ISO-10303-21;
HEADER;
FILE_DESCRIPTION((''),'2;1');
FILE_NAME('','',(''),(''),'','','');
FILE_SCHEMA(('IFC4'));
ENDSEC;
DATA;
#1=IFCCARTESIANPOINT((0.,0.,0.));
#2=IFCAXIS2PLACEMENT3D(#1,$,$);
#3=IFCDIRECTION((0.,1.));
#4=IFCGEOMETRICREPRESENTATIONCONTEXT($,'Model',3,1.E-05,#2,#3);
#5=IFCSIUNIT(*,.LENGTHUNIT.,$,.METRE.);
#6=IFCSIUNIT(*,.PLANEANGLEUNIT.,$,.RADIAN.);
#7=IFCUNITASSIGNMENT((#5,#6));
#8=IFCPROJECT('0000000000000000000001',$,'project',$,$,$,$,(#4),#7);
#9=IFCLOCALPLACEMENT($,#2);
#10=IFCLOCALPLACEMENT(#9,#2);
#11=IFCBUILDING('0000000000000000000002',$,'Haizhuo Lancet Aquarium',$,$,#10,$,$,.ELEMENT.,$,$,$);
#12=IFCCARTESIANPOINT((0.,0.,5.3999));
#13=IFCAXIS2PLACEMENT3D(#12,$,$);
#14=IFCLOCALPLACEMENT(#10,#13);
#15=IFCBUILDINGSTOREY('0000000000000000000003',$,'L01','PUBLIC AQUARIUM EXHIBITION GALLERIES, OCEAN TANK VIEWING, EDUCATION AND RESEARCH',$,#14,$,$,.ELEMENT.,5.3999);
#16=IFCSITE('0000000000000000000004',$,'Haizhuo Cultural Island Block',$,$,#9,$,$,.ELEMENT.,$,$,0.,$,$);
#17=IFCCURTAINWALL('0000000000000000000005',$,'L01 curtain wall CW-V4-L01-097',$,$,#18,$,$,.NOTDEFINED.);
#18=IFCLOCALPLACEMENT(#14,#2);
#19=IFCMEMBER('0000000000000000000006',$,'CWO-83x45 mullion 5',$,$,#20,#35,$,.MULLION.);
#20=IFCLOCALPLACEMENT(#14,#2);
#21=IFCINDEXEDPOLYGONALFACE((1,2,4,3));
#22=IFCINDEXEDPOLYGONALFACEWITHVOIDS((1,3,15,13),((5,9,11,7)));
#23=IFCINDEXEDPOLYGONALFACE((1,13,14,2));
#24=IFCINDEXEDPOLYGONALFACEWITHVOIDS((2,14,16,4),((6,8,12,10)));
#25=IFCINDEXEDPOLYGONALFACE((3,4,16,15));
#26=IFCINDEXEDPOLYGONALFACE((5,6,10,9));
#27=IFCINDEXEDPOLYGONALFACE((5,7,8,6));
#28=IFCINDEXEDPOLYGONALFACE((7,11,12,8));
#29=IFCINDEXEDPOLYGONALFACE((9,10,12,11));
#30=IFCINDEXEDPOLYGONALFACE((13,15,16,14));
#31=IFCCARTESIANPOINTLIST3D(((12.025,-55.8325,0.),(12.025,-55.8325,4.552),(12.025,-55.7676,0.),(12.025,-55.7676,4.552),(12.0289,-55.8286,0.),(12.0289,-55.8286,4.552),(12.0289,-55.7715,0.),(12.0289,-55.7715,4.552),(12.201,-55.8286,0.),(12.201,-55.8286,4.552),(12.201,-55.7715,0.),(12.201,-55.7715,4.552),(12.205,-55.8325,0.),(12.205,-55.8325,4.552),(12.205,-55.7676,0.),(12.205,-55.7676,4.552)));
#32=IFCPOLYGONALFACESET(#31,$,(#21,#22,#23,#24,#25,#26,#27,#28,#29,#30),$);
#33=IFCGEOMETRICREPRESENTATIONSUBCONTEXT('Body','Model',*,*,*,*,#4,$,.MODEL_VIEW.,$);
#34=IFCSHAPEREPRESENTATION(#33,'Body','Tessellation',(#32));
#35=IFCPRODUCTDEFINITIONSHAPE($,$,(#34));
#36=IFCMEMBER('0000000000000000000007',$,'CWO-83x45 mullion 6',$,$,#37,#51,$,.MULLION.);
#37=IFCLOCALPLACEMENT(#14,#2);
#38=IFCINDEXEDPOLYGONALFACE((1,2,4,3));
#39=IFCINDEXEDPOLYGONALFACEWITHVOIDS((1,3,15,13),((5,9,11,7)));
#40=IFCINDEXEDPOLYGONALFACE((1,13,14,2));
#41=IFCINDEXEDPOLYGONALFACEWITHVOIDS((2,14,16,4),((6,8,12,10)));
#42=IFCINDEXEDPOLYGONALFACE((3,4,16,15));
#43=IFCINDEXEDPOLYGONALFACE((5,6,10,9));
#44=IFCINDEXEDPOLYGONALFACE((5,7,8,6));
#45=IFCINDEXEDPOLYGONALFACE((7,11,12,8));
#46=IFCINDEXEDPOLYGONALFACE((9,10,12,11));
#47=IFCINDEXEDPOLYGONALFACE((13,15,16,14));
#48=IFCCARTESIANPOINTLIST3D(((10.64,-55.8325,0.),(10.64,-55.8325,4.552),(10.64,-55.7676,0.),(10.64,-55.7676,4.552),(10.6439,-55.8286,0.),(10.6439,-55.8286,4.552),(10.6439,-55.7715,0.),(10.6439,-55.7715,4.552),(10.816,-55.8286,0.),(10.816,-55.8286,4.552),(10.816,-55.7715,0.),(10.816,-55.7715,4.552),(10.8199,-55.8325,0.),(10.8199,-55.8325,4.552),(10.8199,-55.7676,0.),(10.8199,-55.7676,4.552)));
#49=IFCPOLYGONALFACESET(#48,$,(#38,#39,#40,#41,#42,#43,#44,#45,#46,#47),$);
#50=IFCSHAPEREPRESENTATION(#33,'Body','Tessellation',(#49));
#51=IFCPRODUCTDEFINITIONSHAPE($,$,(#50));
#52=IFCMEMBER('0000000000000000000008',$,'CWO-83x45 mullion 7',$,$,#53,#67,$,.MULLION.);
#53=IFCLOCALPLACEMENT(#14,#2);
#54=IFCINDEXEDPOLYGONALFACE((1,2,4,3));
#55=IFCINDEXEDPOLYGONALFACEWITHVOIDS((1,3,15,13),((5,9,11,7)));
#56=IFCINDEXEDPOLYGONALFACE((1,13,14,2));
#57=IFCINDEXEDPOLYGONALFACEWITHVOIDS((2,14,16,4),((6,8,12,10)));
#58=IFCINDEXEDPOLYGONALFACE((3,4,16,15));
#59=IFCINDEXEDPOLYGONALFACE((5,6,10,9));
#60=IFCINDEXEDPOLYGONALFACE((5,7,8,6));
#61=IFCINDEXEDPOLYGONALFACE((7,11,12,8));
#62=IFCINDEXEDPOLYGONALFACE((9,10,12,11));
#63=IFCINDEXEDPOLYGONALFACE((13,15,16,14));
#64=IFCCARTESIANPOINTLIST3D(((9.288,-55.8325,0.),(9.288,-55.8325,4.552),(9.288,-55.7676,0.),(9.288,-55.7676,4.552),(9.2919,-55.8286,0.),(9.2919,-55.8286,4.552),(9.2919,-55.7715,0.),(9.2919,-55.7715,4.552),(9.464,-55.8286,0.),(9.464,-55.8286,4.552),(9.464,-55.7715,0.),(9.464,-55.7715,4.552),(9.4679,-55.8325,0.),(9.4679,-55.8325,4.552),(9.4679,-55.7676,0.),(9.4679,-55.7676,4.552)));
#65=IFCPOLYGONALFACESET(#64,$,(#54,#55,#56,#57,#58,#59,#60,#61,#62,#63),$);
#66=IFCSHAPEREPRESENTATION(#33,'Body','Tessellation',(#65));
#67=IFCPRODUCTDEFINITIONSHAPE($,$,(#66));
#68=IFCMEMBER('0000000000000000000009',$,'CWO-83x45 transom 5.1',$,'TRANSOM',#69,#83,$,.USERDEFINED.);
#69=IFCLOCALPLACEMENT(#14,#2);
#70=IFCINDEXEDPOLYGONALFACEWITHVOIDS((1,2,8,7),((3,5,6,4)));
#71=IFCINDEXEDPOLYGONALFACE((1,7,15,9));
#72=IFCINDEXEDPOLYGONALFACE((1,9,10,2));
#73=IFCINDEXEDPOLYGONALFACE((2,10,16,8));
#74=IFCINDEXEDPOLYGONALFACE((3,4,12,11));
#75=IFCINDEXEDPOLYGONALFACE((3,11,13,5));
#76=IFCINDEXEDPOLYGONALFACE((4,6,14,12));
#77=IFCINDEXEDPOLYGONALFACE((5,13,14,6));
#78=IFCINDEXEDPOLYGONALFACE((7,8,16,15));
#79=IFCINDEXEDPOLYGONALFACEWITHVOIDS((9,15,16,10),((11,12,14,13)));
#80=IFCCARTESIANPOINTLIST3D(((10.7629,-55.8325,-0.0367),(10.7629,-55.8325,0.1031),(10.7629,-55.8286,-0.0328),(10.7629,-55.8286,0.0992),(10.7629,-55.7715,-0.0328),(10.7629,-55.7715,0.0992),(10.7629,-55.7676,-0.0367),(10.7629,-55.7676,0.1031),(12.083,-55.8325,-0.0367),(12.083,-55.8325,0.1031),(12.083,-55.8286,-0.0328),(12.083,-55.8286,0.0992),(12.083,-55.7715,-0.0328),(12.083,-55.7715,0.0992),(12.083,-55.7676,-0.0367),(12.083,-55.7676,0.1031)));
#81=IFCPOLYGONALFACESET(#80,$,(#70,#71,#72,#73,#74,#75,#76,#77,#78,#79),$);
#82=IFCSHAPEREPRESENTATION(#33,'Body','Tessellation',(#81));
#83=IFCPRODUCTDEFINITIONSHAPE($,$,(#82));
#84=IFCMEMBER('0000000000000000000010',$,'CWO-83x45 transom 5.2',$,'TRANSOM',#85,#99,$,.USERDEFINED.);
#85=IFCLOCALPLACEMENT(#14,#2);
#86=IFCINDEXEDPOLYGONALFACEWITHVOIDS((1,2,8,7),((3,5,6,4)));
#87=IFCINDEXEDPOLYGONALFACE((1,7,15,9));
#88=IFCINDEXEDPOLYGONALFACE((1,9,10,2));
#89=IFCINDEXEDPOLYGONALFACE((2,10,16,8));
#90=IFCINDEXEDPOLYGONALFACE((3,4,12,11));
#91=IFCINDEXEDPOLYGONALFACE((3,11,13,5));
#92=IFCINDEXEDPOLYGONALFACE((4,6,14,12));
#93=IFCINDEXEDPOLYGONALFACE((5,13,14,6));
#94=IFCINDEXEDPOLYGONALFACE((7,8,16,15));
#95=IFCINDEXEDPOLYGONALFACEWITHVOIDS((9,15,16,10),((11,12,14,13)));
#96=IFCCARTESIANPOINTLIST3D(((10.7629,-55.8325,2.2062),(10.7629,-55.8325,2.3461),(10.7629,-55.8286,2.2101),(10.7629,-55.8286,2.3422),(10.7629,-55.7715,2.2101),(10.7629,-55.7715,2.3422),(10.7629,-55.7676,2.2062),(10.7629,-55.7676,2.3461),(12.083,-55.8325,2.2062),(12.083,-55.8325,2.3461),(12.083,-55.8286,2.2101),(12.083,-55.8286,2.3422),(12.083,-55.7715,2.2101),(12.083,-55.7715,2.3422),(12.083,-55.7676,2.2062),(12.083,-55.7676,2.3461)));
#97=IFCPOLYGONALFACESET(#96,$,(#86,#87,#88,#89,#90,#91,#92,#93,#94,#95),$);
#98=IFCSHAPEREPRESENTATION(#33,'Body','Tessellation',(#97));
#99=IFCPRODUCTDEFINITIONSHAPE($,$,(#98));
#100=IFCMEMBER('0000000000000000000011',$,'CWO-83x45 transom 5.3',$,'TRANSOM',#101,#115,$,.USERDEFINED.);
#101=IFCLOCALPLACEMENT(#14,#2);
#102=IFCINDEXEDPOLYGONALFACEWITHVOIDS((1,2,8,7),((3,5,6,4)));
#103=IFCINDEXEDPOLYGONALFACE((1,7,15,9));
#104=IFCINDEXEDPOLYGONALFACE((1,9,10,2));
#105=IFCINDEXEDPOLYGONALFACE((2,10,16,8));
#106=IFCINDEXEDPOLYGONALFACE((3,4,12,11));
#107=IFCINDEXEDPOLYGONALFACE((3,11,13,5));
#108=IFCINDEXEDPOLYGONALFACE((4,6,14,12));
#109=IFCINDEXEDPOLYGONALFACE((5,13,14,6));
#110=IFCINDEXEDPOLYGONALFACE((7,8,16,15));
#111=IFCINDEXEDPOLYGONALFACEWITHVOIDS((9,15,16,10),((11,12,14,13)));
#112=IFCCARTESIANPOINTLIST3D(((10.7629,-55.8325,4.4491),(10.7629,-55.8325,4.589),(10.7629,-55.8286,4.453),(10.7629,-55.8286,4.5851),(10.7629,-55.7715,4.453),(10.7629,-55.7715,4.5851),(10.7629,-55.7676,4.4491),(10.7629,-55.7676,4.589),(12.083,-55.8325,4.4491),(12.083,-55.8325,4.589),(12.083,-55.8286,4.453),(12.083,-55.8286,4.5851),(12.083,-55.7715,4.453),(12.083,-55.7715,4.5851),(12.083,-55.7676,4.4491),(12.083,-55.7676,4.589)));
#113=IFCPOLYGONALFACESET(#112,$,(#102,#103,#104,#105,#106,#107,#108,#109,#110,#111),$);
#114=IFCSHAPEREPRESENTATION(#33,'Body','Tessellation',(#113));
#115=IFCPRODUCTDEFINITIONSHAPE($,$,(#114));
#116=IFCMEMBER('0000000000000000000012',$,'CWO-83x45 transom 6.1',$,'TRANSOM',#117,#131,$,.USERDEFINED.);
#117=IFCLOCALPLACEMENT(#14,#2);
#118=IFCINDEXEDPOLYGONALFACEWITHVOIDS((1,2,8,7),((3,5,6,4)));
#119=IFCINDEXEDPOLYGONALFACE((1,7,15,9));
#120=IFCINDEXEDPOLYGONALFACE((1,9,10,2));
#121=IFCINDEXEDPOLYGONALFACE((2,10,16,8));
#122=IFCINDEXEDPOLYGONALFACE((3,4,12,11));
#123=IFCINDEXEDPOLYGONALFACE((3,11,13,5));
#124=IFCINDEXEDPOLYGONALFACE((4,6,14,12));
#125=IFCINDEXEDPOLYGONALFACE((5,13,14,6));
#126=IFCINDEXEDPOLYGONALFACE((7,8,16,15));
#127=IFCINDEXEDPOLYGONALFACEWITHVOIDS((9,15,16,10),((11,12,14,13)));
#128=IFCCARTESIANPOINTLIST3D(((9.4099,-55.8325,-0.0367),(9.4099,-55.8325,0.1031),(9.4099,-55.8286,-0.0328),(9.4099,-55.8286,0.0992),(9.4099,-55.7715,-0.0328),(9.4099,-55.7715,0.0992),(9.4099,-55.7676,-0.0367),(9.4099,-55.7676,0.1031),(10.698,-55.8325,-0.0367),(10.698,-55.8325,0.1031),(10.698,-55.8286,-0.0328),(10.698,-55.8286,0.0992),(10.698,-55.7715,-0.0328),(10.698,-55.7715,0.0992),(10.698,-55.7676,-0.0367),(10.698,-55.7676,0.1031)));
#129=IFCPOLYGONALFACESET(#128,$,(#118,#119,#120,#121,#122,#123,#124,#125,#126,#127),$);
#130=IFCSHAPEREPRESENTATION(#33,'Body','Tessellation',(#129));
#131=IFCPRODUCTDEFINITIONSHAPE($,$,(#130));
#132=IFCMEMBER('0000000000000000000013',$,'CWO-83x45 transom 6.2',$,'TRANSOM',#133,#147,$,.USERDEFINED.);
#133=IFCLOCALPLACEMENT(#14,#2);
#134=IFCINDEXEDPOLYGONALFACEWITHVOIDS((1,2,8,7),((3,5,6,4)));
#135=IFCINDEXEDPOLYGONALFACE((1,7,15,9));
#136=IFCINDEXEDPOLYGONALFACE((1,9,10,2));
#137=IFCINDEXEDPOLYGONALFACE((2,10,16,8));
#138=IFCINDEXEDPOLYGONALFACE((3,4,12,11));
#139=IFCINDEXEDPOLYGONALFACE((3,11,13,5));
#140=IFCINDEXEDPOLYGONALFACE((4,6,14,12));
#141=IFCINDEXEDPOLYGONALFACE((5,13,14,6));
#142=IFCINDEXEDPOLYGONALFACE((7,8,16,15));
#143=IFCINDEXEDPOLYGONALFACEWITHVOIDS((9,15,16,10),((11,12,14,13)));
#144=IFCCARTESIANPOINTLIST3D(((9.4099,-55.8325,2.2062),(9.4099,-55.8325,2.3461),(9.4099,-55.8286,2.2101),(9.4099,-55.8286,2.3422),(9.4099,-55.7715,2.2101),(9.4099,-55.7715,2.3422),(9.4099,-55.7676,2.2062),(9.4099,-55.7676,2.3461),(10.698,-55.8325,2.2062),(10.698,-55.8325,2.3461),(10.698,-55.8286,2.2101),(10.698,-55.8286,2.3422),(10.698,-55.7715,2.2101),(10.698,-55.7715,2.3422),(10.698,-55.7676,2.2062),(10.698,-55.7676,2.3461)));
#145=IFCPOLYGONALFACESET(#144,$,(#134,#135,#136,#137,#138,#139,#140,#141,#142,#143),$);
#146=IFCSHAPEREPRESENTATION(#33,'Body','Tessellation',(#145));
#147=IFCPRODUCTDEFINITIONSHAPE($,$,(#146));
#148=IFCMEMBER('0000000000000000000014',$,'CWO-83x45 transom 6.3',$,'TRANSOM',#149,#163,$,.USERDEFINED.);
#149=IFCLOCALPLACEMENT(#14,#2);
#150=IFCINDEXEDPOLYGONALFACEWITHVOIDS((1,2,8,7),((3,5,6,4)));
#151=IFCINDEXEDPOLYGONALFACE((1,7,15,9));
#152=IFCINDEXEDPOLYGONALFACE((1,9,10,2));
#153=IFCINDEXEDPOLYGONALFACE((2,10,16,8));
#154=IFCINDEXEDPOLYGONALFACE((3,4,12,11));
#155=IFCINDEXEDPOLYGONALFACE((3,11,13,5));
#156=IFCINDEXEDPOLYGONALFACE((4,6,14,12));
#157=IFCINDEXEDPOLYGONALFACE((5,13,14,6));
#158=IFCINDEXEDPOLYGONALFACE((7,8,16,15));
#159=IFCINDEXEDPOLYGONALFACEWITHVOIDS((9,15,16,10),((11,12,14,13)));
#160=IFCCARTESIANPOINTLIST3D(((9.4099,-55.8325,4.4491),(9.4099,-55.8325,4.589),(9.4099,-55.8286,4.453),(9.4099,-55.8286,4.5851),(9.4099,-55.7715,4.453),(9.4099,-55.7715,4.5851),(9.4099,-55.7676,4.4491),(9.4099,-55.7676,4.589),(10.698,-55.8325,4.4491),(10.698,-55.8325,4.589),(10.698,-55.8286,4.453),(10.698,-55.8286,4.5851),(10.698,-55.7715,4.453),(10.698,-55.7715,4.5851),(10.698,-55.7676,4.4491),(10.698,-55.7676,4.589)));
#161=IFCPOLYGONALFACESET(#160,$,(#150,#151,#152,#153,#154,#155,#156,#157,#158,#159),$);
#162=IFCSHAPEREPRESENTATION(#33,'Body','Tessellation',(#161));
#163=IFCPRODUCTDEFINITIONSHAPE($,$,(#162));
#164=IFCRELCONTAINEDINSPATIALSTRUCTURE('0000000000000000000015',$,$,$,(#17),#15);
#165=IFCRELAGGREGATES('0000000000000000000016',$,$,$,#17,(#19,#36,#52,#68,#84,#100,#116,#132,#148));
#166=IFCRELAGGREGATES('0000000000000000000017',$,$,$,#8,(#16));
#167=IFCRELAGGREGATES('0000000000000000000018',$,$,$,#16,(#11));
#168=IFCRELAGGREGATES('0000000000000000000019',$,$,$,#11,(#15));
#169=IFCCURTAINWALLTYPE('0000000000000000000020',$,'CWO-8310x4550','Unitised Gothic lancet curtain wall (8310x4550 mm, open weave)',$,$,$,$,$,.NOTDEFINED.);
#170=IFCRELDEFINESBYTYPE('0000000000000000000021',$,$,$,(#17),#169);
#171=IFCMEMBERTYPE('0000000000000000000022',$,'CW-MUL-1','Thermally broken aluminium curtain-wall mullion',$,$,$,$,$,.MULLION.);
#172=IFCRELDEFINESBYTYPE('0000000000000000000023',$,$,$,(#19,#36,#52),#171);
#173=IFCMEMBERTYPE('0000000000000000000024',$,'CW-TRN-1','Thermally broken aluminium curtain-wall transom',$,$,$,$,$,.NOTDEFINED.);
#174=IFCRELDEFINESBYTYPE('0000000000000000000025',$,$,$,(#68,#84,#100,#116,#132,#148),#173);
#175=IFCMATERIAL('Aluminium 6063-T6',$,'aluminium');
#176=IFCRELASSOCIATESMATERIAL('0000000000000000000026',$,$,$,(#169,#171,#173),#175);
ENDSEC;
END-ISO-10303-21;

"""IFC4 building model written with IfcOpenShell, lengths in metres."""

from ifc_helpers import new_model, si_unit, direction, frame, origin, origin_2d, place, context, subcontext, project, spatial, hollow_rectangle, extrude, material, material_profile, profile_set, type_object, element, aggregate, save


model = new_model("IFC4")

# Units and contexts
model_context = context("Model", 3, precision=1e-05, world=origin(), true_north=direction((0.0, 1.0)))
body_context = subcontext(model_context, "Body", "Model", "MODEL_VIEW")
ifc_project = project(units=[si_unit("LENGTHUNIT", "METRE"), si_unit("PLANEANGLEUNIT", "RADIAN")], contexts=[model_context])

# Site, building, storey
site_placement = place(None, origin())
site = spatial("IfcSite", under=ifc_project, at=site_placement, Name="Haizhuo Cultural Island Block", CompositionType="ELEMENT", RefElevation=0.0)
building_placement = place(site_placement, origin())
building = spatial("IfcBuilding", under=site, at=building_placement, Name="Haizhuo Lancet Aquarium", CompositionType="ELEMENT")
storey_placement = place(building_placement, frame((0.0, 0.0, 5.3999)))
storey = spatial("IfcBuildingStorey", under=building, at=storey_placement, Name="L01", Description="PUBLIC AQUARIUM EXHIBITION GALLERIES, OCEAN TANK VIEWING, EDUCATION AND RESEARCH", CompositionType="ELEMENT", Elevation=5.3999)

# Curtain wall, members
ifc_material_1 = material(Name="Aluminium 6063-T6", Category="aluminium")
curtain_wall_type = type_object("IfcCurtainWallType", Name="CWO-8310x4550", Description="Unitised Gothic lancet curtain wall (8310x4550 mm, open weave)", PredefinedType="NOTDEFINED", material=ifc_material_1)
curtain_wall_placement = place(storey_placement, origin())
curtain_wall = element("IfcCurtainWall", 1, at=curtain_wall_placement, inside=storey, type_object=curtain_wall_type, Name="L01 curtain wall CW-V4-L01-097", PredefinedType="NOTDEFINED")
ifc_material_profile_1 = material_profile(ifc_material_1, hollow_rectangle(XDim=0.0649, YDim=0.1799, WallThickness=0.0039, at=origin_2d()), Name="ALU-M 65x180x4")
ifc_profile_set_1 = profile_set([ifc_material_profile_1], Name="Aluminium 6063-T6")
member_type_1 = type_object("IfcMemberType", Name="CW-MUL-1", Description="Thermally broken aluminium curtain-wall mullion", PredefinedType="MULLION", material=ifc_profile_set_1)
member_1_placement = place(storey_placement, frame((12.115, -55.8, 0.0), z_axis=(0.0, 0.0, 1.0), x_axis=(0.0, -1.0, 0.0)))
member_1 = element("IfcMember", 2, at=member_1_placement, type_object=member_type_1, Name="CWO-83x45 mullion 5", PredefinedType="MULLION", context=body_context, shape_type="SweptSolid", body=[
    extrude(hollow_rectangle(XDim=0.0649, YDim=0.1799, WallThickness=0.0039, at=origin_2d()), origin(), (0.0, 0.0, 1.0), 4.552),
])
member_2_placement = place(storey_placement, frame((10.73, -55.8, 0.0), z_axis=(0.0, 0.0, 1.0), x_axis=(0.0, -1.0, 0.0)))
member_2 = element("IfcMember", 3, at=member_2_placement, type_object=member_type_1, Name="CWO-83x45 mullion 6", PredefinedType="MULLION", context=body_context, shape_type="SweptSolid", body=[
    extrude(hollow_rectangle(XDim=0.0649, YDim=0.1799, WallThickness=0.0039, at=origin_2d()), origin(), (0.0, 0.0, 1.0), 4.552),
])
member_3_placement = place(storey_placement, frame((9.3779, -55.8, 0.0), z_axis=(0.0, 0.0, 1.0), x_axis=(0.0, -1.0, 0.0)))
member_3 = element("IfcMember", 4, at=member_3_placement, type_object=member_type_1, Name="CWO-83x45 mullion 7", PredefinedType="MULLION", context=body_context, shape_type="SweptSolid", body=[
    extrude(hollow_rectangle(XDim=0.0649, YDim=0.1799, WallThickness=0.0039, at=origin_2d()), origin(), (0.0, 0.0, 1.0), 4.552),
])
ifc_material_profile_2 = material_profile(ifc_material_1, hollow_rectangle(XDim=0.0649, YDim=0.1399, WallThickness=0.0039, at=origin_2d()), Name="ALU-T 65x140x4")
ifc_profile_set_2 = profile_set([ifc_material_profile_2], Name="Aluminium 6063-T6")
member_type_2 = type_object("IfcMemberType", Name="CW-TRN-1", Description="Thermally broken aluminium curtain-wall transom", PredefinedType="NOTDEFINED", material=ifc_profile_set_2)
member_4_placement = place(storey_placement, frame((12.083, -55.8, 0.0332), z_axis=(-1.0, 0.0, 0.0), x_axis=(0.0, -1.0, 0.0)))
member_4 = element("IfcMember", 5, at=member_4_placement, type_object=member_type_2, Name="CWO-83x45 transom 5.1", ObjectType="TRANSOM", PredefinedType="USERDEFINED", context=body_context, shape_type="SweptSolid", body=[
    extrude(hollow_rectangle(XDim=0.0649, YDim=0.1399, WallThickness=0.0039, at=origin_2d()), origin(), (0.0, 0.0, 1.0), 1.3201),
])
member_5_placement = place(storey_placement, frame((12.083, -55.8, 2.2761), z_axis=(-1.0, 0.0, 0.0), x_axis=(0.0, -1.0, 0.0)))
member_5 = element("IfcMember", 6, at=member_5_placement, type_object=member_type_2, Name="CWO-83x45 transom 5.2", ObjectType="TRANSOM", PredefinedType="USERDEFINED", context=body_context, shape_type="SweptSolid", body=[
    extrude(hollow_rectangle(XDim=0.0649, YDim=0.1399, WallThickness=0.0039, at=origin_2d()), origin(), (0.0, 0.0, 1.0), 1.3201),
])
member_6_placement = place(storey_placement, frame((12.083, -55.8, 4.519), z_axis=(-1.0, 0.0, 0.0), x_axis=(0.0, -1.0, 0.0)))
member_6 = element("IfcMember", 7, at=member_6_placement, type_object=member_type_2, Name="CWO-83x45 transom 5.3", ObjectType="TRANSOM", PredefinedType="USERDEFINED", context=body_context, shape_type="SweptSolid", body=[
    extrude(hollow_rectangle(XDim=0.0649, YDim=0.1399, WallThickness=0.0039, at=origin_2d()), origin(), (0.0, 0.0, 1.0), 1.3201),
])
member_7_placement = place(storey_placement, frame((10.698, -55.8, 0.0332), z_axis=(-1.0, 0.0, 0.0), x_axis=(0.0, -1.0, 0.0)))
member_7 = element("IfcMember", 8, at=member_7_placement, type_object=member_type_2, Name="CWO-83x45 transom 6.1", ObjectType="TRANSOM", PredefinedType="USERDEFINED", context=body_context, shape_type="SweptSolid", body=[
    extrude(hollow_rectangle(XDim=0.0649, YDim=0.1399, WallThickness=0.0039, at=origin_2d()), origin(), (0.0, 0.0, 1.0), 1.2881),
])
member_8_placement = place(storey_placement, frame((10.698, -55.8, 2.2761), z_axis=(-1.0, 0.0, 0.0), x_axis=(0.0, -1.0, 0.0)))
member_8 = element("IfcMember", 9, at=member_8_placement, type_object=member_type_2, Name="CWO-83x45 transom 6.2", ObjectType="TRANSOM", PredefinedType="USERDEFINED", context=body_context, shape_type="SweptSolid", body=[
    extrude(hollow_rectangle(XDim=0.0649, YDim=0.1399, WallThickness=0.0039, at=origin_2d()), origin(), (0.0, 0.0, 1.0), 1.2881),
])
member_9_placement = place(storey_placement, frame((10.698, -55.8, 4.519), z_axis=(-1.0, 0.0, 0.0), x_axis=(0.0, -1.0, 0.0)))
member_9 = element("IfcMember", 10, at=member_9_placement, type_object=member_type_2, Name="CWO-83x45 transom 6.3", ObjectType="TRANSOM", PredefinedType="USERDEFINED", context=body_context, shape_type="SweptSolid", body=[
    extrude(hollow_rectangle(XDim=0.0649, YDim=0.1399, WallThickness=0.0039, at=origin_2d()), origin(), (0.0, 0.0, 1.0), 1.2881),
])

aggregate(curtain_wall, [member_1, member_2, member_3, member_4, member_5, member_6, member_7, member_8, member_9])

save(model, "model.ifc")
